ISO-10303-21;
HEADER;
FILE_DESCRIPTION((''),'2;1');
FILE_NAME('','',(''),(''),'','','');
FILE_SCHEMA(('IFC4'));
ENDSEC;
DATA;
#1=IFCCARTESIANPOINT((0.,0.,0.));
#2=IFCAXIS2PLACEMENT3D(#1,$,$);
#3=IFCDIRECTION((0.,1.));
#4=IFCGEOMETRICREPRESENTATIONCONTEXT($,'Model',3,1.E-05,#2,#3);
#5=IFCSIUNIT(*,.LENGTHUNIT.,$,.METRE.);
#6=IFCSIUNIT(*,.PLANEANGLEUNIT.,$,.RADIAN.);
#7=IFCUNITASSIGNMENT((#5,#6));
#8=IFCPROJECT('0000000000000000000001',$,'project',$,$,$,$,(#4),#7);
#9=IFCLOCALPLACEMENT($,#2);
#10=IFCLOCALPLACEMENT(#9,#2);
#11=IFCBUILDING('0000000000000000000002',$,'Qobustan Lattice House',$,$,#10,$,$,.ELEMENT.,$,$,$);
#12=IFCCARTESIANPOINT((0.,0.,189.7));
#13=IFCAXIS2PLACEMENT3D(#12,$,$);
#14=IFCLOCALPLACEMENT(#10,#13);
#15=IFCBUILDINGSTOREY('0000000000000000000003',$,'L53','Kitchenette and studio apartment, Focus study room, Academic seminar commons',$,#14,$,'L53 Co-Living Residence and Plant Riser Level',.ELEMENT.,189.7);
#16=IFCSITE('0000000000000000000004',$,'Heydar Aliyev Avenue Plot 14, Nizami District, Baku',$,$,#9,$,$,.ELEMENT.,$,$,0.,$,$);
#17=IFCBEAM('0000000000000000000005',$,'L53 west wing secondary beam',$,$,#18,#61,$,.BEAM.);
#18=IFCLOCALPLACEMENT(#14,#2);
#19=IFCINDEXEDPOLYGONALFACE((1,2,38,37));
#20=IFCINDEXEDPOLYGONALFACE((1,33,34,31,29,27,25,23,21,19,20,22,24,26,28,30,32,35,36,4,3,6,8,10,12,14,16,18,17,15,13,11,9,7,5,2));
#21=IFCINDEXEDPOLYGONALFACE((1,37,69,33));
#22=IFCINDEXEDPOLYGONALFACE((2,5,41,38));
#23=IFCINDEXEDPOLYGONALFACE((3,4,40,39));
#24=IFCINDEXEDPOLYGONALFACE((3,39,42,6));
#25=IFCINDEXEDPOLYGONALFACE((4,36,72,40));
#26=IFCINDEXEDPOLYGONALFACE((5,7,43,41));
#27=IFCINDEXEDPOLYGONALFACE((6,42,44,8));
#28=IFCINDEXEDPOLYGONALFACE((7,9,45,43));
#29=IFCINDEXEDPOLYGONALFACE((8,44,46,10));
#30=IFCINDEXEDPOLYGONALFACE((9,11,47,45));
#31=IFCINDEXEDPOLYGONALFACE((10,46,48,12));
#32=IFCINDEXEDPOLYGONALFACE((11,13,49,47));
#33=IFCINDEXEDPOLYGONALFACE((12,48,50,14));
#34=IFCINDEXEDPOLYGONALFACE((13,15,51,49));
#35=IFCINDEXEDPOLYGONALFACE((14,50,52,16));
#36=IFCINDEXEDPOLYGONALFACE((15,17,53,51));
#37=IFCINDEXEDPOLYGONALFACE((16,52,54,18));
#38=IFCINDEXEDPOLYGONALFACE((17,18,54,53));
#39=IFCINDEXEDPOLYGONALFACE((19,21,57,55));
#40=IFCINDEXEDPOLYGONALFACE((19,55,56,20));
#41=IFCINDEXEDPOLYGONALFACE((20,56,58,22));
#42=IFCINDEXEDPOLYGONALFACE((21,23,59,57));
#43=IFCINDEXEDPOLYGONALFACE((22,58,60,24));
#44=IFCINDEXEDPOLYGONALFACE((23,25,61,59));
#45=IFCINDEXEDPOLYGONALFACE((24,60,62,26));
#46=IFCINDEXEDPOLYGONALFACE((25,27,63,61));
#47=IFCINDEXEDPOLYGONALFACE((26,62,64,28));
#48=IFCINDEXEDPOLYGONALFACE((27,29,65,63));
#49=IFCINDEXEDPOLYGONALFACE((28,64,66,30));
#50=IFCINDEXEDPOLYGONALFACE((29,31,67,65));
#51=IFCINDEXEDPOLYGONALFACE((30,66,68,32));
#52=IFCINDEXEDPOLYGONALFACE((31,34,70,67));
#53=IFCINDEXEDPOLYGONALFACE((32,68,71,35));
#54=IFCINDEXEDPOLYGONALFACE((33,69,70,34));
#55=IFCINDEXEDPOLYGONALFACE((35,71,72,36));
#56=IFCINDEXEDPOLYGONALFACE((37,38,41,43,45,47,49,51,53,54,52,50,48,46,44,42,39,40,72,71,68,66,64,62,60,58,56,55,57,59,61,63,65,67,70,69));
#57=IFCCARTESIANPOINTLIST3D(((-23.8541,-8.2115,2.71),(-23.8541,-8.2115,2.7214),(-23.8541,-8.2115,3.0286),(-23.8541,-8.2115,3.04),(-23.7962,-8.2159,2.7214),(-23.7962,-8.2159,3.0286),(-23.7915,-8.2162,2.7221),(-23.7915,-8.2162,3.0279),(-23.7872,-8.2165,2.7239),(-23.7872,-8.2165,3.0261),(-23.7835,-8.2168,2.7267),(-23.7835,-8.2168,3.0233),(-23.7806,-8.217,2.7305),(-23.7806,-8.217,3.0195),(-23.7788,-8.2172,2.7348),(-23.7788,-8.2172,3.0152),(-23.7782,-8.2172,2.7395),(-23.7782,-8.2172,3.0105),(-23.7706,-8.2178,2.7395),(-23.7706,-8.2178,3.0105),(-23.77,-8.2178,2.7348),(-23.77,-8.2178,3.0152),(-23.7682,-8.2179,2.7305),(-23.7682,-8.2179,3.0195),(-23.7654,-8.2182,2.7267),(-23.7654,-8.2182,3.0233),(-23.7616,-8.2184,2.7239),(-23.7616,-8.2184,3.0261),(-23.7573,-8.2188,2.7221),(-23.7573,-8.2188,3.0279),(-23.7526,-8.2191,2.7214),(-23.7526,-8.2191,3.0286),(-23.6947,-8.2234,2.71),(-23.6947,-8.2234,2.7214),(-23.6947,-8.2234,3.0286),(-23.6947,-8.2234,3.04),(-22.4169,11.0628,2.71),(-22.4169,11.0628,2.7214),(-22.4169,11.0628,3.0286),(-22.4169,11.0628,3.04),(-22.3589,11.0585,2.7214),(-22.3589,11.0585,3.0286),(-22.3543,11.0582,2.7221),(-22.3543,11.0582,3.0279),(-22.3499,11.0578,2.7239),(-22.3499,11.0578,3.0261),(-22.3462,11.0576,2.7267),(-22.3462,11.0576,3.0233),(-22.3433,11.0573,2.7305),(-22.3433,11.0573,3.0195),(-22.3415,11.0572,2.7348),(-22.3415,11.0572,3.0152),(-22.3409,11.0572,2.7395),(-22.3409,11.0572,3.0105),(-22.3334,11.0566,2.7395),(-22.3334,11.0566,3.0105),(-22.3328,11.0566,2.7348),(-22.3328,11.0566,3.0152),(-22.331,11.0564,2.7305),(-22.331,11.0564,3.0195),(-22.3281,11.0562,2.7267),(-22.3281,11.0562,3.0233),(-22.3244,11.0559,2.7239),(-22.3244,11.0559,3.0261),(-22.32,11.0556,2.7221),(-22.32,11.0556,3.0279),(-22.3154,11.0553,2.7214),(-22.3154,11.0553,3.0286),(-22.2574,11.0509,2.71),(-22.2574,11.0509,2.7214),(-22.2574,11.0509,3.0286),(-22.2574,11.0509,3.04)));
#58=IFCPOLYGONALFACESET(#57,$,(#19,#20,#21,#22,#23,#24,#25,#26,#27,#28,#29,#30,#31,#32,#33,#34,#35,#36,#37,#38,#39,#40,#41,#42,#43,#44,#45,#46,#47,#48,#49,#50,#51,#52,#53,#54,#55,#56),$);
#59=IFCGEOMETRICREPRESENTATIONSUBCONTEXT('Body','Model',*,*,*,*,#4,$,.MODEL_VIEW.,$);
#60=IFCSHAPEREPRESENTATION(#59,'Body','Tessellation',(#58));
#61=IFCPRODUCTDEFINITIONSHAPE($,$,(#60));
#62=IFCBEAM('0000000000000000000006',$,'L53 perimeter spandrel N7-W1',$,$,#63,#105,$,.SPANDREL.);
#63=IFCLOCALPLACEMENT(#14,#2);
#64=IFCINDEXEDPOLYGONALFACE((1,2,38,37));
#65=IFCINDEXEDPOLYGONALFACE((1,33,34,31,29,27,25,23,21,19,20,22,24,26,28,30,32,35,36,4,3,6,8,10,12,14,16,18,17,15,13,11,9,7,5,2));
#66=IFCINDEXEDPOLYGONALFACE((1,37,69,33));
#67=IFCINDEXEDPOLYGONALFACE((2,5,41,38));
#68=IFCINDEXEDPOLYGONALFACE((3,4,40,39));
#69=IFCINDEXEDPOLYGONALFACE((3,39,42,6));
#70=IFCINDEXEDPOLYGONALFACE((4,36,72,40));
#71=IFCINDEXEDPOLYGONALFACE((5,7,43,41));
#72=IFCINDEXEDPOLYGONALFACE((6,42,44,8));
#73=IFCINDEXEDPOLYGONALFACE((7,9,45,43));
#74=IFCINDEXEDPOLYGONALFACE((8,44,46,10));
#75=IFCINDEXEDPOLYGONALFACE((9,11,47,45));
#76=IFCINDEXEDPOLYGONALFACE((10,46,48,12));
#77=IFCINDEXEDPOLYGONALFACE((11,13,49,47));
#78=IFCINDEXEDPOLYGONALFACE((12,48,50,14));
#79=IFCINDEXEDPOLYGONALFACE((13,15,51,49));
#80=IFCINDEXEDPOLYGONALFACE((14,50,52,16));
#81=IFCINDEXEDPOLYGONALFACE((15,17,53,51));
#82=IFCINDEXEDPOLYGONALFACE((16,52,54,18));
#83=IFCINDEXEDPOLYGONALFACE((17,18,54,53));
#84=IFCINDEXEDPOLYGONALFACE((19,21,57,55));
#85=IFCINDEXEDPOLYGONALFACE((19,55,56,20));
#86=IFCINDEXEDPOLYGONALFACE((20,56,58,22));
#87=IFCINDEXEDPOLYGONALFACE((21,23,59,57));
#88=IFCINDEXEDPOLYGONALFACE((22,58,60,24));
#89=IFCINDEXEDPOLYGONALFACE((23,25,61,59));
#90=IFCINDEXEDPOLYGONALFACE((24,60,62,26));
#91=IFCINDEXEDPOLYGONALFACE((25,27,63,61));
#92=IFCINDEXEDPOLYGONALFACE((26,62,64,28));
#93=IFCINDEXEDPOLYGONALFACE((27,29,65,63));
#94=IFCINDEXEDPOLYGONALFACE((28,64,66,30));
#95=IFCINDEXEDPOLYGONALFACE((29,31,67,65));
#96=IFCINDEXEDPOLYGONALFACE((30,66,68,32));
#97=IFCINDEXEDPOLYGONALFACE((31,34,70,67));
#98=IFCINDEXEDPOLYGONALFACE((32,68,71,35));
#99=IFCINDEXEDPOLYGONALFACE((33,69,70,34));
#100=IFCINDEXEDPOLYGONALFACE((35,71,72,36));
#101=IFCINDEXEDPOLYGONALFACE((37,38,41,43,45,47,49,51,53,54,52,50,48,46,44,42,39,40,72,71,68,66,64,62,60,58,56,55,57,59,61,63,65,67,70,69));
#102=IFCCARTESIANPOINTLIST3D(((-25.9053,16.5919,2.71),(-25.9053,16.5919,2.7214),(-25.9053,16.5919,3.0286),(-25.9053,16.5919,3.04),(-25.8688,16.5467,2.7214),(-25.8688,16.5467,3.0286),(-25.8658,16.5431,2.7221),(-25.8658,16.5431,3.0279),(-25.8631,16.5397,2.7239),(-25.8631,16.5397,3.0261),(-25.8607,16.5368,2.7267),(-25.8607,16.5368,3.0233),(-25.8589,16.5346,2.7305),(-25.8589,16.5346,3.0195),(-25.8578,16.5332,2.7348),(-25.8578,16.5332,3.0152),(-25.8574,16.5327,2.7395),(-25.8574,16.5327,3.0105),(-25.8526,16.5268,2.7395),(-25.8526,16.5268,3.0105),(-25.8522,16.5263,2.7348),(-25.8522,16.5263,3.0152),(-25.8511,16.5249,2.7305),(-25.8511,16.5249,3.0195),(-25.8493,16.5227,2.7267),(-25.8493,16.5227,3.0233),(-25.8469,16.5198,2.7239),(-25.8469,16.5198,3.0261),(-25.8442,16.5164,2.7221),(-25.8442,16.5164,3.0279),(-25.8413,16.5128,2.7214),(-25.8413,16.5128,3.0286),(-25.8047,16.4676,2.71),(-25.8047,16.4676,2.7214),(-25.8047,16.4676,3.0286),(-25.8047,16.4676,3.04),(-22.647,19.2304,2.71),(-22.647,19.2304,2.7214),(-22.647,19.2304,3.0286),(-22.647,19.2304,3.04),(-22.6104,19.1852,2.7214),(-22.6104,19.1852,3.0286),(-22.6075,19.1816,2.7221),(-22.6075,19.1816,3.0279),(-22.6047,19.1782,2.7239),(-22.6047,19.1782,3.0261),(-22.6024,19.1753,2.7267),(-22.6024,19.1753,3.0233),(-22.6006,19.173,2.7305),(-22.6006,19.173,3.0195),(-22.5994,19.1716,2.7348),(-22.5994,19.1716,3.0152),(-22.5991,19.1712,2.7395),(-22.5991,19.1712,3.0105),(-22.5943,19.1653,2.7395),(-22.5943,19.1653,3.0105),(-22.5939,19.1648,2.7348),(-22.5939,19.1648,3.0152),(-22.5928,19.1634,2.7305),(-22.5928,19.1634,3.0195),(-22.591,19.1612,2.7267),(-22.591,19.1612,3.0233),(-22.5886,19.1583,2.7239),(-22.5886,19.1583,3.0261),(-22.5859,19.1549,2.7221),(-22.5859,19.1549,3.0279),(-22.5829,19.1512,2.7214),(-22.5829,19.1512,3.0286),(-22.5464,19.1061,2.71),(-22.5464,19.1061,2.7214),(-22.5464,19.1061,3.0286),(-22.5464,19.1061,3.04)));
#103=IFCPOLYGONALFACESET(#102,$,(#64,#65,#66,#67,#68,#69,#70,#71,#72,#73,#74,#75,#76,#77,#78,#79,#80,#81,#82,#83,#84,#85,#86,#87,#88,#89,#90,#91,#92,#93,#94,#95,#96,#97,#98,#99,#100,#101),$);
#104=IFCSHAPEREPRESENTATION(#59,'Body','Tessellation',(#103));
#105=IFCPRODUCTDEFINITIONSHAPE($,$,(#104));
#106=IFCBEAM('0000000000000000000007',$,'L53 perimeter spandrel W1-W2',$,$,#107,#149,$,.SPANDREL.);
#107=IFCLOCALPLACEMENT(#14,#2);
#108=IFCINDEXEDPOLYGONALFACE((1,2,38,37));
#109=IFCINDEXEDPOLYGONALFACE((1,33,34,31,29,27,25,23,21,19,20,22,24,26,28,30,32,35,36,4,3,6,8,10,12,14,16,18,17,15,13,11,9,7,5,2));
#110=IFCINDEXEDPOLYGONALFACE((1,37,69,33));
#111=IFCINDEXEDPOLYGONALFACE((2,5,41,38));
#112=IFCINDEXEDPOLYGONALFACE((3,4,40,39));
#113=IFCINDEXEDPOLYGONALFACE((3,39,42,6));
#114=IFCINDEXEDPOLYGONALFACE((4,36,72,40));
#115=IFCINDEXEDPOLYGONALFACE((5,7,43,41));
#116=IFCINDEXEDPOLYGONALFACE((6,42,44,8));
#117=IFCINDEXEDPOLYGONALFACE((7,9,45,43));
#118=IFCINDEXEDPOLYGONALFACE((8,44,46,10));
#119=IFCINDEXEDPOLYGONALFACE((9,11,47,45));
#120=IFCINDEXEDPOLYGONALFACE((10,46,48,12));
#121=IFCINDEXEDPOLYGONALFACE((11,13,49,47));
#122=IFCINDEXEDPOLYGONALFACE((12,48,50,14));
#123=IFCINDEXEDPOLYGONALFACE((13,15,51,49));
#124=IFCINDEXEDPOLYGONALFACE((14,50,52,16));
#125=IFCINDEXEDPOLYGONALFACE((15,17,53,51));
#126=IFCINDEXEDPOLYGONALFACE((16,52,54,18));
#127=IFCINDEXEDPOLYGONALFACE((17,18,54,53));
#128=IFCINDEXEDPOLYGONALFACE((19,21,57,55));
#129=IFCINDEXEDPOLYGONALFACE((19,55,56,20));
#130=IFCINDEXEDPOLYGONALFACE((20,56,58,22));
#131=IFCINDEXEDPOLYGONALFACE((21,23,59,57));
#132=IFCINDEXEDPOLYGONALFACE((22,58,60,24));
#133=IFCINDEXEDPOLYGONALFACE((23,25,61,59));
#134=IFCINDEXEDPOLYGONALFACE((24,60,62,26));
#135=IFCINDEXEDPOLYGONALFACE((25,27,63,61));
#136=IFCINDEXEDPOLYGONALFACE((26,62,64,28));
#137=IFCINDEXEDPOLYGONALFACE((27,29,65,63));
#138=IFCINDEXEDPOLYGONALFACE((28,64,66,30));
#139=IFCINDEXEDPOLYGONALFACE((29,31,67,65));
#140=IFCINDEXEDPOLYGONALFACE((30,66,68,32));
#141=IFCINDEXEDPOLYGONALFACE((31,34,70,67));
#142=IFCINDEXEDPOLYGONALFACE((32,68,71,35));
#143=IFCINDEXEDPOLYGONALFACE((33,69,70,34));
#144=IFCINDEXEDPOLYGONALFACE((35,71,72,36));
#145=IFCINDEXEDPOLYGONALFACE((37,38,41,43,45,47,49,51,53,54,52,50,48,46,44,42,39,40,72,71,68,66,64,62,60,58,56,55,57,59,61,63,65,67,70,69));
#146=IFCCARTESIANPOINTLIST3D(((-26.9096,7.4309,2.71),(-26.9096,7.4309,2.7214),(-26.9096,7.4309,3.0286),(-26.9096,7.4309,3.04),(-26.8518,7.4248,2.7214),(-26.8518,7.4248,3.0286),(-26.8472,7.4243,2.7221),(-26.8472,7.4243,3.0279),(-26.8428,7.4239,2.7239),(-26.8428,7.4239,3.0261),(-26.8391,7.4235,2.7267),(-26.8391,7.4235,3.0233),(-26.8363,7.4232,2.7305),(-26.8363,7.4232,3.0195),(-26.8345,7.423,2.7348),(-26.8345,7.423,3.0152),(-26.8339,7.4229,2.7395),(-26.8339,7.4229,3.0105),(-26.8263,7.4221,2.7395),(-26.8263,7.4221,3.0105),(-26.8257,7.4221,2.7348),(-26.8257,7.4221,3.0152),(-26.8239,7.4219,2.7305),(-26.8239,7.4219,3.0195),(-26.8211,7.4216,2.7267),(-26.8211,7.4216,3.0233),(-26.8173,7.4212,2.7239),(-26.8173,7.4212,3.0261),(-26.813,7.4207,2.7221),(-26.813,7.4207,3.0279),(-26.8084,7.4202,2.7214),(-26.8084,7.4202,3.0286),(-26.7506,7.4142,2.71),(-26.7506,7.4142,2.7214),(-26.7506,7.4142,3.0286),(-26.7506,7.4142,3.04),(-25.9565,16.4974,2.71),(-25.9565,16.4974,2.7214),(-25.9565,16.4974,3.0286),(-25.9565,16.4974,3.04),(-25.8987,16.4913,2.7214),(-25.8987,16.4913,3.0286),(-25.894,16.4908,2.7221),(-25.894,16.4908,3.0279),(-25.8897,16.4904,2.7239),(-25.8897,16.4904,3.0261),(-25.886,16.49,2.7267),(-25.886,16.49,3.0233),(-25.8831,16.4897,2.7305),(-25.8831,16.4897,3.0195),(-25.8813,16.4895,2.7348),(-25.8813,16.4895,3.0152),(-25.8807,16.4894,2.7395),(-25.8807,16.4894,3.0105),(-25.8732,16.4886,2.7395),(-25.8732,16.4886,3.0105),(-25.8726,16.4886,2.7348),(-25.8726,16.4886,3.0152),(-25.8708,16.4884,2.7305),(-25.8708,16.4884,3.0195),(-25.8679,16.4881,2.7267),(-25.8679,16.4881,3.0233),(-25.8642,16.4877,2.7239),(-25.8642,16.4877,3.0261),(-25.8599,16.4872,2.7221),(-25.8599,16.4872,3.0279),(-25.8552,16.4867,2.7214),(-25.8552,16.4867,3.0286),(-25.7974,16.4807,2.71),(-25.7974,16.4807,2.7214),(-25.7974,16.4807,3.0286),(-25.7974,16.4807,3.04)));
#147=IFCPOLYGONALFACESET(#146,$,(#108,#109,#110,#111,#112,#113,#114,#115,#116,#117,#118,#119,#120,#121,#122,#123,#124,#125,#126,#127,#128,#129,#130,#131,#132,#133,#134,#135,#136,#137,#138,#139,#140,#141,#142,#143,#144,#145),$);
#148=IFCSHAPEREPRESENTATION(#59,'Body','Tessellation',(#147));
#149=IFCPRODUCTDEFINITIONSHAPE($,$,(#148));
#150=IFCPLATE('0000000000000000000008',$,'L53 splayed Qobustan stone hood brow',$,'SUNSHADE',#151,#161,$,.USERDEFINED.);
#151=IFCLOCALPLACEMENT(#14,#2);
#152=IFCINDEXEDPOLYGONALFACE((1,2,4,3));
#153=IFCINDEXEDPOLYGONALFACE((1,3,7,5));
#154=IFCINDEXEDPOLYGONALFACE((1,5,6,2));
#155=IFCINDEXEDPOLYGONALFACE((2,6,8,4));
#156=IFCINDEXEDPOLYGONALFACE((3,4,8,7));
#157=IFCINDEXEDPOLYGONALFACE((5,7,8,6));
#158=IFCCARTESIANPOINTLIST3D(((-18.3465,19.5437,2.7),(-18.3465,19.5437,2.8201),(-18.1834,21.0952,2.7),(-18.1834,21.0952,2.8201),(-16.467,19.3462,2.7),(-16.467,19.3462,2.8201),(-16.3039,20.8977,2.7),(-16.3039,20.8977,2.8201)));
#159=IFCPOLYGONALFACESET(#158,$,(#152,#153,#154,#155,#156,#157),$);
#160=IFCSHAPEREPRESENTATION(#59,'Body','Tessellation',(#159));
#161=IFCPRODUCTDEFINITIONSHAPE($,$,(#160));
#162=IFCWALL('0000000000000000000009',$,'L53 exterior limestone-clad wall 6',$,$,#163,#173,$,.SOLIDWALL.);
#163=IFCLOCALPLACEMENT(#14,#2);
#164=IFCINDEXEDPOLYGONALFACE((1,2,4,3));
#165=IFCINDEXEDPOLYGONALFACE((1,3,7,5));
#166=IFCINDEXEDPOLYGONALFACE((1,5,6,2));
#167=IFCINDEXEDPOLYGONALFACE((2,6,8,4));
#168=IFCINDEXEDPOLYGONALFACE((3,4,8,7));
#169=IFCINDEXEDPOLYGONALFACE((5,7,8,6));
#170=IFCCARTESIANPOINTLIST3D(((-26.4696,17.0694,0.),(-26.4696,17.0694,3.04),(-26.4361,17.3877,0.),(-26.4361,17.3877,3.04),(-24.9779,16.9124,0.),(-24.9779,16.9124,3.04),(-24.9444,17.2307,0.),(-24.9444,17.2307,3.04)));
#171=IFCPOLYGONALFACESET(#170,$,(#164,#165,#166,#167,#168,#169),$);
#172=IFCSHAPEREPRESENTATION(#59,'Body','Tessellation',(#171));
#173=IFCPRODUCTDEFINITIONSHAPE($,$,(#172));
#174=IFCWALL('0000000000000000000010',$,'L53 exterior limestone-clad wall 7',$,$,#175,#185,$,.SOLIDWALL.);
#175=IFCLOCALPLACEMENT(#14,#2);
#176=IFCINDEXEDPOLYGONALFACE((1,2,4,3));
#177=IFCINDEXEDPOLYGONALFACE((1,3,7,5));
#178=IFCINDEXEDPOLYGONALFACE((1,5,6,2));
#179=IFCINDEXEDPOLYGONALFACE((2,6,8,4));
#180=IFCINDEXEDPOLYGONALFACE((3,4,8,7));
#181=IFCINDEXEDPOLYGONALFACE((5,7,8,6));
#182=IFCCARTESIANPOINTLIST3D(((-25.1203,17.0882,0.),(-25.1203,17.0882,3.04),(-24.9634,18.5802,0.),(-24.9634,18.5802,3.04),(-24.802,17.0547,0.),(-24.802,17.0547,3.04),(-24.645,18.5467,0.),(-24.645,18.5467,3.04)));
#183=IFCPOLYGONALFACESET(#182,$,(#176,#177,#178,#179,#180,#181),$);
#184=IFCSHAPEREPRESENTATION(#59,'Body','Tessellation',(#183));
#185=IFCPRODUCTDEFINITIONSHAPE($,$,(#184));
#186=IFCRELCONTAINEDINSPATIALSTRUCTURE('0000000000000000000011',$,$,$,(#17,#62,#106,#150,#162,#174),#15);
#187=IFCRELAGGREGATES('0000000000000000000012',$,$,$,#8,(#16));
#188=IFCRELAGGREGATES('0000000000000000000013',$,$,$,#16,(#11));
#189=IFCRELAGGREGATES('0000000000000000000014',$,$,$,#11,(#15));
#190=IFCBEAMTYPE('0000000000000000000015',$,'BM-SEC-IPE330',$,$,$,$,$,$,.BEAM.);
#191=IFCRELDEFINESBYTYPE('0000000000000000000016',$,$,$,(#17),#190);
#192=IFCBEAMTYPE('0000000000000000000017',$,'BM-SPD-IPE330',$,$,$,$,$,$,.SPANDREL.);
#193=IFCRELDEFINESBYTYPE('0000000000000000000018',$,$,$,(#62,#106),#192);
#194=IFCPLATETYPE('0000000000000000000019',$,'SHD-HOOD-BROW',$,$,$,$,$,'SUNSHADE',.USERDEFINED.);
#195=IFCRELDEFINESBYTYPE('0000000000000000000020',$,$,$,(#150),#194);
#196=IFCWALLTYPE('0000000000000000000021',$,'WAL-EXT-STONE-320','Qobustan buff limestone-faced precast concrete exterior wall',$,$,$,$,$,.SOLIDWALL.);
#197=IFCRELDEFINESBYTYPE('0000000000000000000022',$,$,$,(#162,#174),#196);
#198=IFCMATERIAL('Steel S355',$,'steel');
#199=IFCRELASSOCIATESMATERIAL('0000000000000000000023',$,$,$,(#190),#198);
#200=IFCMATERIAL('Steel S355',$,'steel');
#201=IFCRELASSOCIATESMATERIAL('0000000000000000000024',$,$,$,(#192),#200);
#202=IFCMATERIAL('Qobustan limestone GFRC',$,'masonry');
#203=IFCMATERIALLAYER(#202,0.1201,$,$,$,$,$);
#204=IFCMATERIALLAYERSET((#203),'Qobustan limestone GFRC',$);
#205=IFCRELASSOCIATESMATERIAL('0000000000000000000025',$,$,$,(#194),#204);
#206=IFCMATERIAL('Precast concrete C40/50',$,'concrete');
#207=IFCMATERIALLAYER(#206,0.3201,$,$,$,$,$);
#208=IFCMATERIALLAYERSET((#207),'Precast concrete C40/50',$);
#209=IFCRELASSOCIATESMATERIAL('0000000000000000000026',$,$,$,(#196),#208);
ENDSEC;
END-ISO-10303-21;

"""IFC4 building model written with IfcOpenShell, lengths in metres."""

from ifc_helpers import new_model, si_unit, direction, frame, frame_2d, origin, origin_2d, place, context, subcontext, project, spatial, rectangle, i_section, extrude, material, layer, layer_set, material_profile, profile_set, type_object, element, save


model = new_model("IFC4")

# Units and contexts
model_context = context("Model", 3, precision=1e-05, world=origin(), true_north=direction((0.0, 1.0)))
body_context = subcontext(model_context, "Body", "Model", "MODEL_VIEW")
ifc_project = project(units=[si_unit("LENGTHUNIT", "METRE"), si_unit("PLANEANGLEUNIT", "RADIAN")], contexts=[model_context])

# Site, building, storey
site_placement = place(None, origin())
site = spatial("IfcSite", under=ifc_project, at=site_placement, Name="Heydar Aliyev Avenue Plot 14, Nizami District, Baku", CompositionType="ELEMENT", RefElevation=0.0)
building_placement = place(site_placement, origin())
building = spatial("IfcBuilding", under=site, at=building_placement, Name="Qobustan Lattice House", CompositionType="ELEMENT")
storey_placement = place(building_placement, frame((0.0, 0.0, 189.7)))
storey = spatial("IfcBuildingStorey", under=building, at=storey_placement, Name="L53", Description="Kitchenette and studio apartment, Focus study room, Academic seminar commons", LongName="L53 Co-Living Residence and Plant Riser Level", CompositionType="ELEMENT", Elevation=189.7)

# Beams
ifc_material_1 = material(Name="Steel S355", Category="steel")
ifc_material_profile_1 = material_profile(ifc_material_1, i_section(OverallWidth=0.1599, OverallDepth=0.3301, WebThickness=0.0076, FlangeThickness=0.0115, FilletRadius=0.0181, at=origin_2d()), Name="IPE330")
ifc_profile_set_1 = profile_set([ifc_material_profile_1], Name="Steel S355")
beam_type_1 = type_object("IfcBeamType", Name="BM-SEC-IPE330", PredefinedType="BEAM", material=ifc_profile_set_1)
beam_1_placement = place(storey_placement, frame((-22.3372, 11.0569, 2.875), z_axis=(-0.074362, -0.997231, 0.0), x_axis=(0.997231, -0.074362, 0.0)))
element("IfcBeam", 1, at=beam_1_placement, inside=storey, type_object=beam_type_1, Name="L53 west wing secondary beam", PredefinedType="BEAM", context=body_context, shape_type="SweptSolid", body=[
    extrude(i_section(OverallWidth=0.1599, OverallDepth=0.3301, WebThickness=0.0076, FlangeThickness=0.0115, FilletRadius=0.0181, at=origin_2d()), origin(), (0.0, 0.0, 1.0), 19.3279),
])
ifc_material_2 = material(Name="Steel S355", Category="steel")
ifc_material_profile_2 = material_profile(ifc_material_2, i_section(OverallWidth=0.1599, OverallDepth=0.3301, WebThickness=0.0076, FlangeThickness=0.0115, FilletRadius=0.0181, at=origin_2d()), Name="IPE330")
ifc_profile_set_2 = profile_set([ifc_material_profile_2], Name="Steel S355")
beam_type_2 = type_object("IfcBeamType", Name="BM-SPD-IPE330", PredefinedType="SPANDREL", material=ifc_profile_set_2)
beam_2_placement = place(storey_placement, frame((-22.5967, 19.1682, 2.875), z_axis=(-0.777157, -0.629307, 0.0), x_axis=(0.629307, -0.777157, 0.0)))
element("IfcBeam", 2, at=beam_2_placement, inside=storey, type_object=beam_type_2, Name="L53 perimeter spandrel N7-W1", PredefinedType="SPANDREL", context=body_context, shape_type="SweptSolid", body=[
    extrude(i_section(OverallWidth=0.1599, OverallDepth=0.3301, WebThickness=0.0076, FlangeThickness=0.0115, FilletRadius=0.0181, at=origin_2d()), origin(), (0.0, 0.0, 1.0), 4.1926),
])
beam_3_placement = place(storey_placement, frame((-25.877, 16.489, 2.875), z_axis=(-0.104551, -0.99452, 0.0), x_axis=(0.99452, -0.104551, 0.0)))
element("IfcBeam", 3, at=beam_3_placement, inside=storey, type_object=beam_type_2, Name="L53 perimeter spandrel W1-W2", PredefinedType="SPANDREL", context=body_context, shape_type="SweptSolid", body=[
    extrude(i_section(OverallWidth=0.1599, OverallDepth=0.3301, WebThickness=0.0076, FlangeThickness=0.0115, FilletRadius=0.0181, at=origin_2d()), origin(), (0.0, 0.0, 1.0), 9.1165),
])

# Plate
ifc_material_3 = material(Name="Qobustan limestone GFRC", Category="masonry")
ifc_layer_1 = layer(ifc_material_3, 0.1201)
ifc_layer_set_1 = layer_set([ifc_layer_1], Name="Qobustan limestone GFRC")
plate_type = type_object("IfcPlateType", Name="SHD-HOOD-BROW", ElementType="SUNSHADE", PredefinedType="USERDEFINED", material=ifc_layer_set_1)
plate_placement = place(storey_placement, frame((-17.3252, 20.2207, 2.7), z_axis=(0.0, 0.0, 1.0), x_axis=(0.994522, -0.104528, 0.0)))
element("IfcPlate", 4, at=plate_placement, inside=storey, type_object=plate_type, Name="L53 splayed Qobustan stone hood brow", ObjectType="SUNSHADE", PredefinedType="USERDEFINED", context=body_context, shape_type="SweptSolid", body=[
    extrude(rectangle(XDim=1.8899, YDim=1.5601, at=origin_2d()), origin(), (0.0, 0.0, 1.0), 0.1201),
])

# Walls
ifc_material_4 = material(Name="Precast concrete C40/50", Category="concrete")
ifc_layer_2 = layer(ifc_material_4, 0.3201)
ifc_layer_set_2 = layer_set([ifc_layer_2], Name="Precast concrete C40/50")
wall_type_1 = type_object("IfcWallType", Name="WAL-EXT-STONE-320", Description="Qobustan buff limestone-faced precast concrete exterior wall", PredefinedType="SOLIDWALL", material=ifc_layer_set_2)
wall_1_placement = place(storey_placement, frame((-26.4529, 17.2285, 0.0), z_axis=(0.0, 0.0, 1.0), x_axis=(0.994508, -0.104659, 0.0)))
element("IfcWall", 5, at=wall_1_placement, inside=storey, type_object=wall_type_1, Name="L53 exterior limestone-clad wall 6", PredefinedType="SOLIDWALL", context=body_context, shape_type="SweptSolid", body=[
    extrude(rectangle(XDim=1.5, YDim=0.3201, at=frame_2d((0.75, 0.0))), origin(), (0.0, 0.0, 1.0), 3.04),
])
wall_2_placement = place(storey_placement, frame((-24.9612, 17.0715, 0.0), z_axis=(0.0, 0.0, 1.0), x_axis=(0.104642, 0.99451, 0.0)))
element("IfcWall", 6, at=wall_2_placement, inside=storey, type_object=wall_type_1, Name="L53 exterior limestone-clad wall 7", PredefinedType="SOLIDWALL", context=body_context, shape_type="SweptSolid", body=[
    extrude(rectangle(XDim=1.5002, YDim=0.3201, at=frame_2d((0.75, 0.0))), origin(), (0.0, 0.0, 1.0), 3.04),
])

save(model, "model.ifc")
